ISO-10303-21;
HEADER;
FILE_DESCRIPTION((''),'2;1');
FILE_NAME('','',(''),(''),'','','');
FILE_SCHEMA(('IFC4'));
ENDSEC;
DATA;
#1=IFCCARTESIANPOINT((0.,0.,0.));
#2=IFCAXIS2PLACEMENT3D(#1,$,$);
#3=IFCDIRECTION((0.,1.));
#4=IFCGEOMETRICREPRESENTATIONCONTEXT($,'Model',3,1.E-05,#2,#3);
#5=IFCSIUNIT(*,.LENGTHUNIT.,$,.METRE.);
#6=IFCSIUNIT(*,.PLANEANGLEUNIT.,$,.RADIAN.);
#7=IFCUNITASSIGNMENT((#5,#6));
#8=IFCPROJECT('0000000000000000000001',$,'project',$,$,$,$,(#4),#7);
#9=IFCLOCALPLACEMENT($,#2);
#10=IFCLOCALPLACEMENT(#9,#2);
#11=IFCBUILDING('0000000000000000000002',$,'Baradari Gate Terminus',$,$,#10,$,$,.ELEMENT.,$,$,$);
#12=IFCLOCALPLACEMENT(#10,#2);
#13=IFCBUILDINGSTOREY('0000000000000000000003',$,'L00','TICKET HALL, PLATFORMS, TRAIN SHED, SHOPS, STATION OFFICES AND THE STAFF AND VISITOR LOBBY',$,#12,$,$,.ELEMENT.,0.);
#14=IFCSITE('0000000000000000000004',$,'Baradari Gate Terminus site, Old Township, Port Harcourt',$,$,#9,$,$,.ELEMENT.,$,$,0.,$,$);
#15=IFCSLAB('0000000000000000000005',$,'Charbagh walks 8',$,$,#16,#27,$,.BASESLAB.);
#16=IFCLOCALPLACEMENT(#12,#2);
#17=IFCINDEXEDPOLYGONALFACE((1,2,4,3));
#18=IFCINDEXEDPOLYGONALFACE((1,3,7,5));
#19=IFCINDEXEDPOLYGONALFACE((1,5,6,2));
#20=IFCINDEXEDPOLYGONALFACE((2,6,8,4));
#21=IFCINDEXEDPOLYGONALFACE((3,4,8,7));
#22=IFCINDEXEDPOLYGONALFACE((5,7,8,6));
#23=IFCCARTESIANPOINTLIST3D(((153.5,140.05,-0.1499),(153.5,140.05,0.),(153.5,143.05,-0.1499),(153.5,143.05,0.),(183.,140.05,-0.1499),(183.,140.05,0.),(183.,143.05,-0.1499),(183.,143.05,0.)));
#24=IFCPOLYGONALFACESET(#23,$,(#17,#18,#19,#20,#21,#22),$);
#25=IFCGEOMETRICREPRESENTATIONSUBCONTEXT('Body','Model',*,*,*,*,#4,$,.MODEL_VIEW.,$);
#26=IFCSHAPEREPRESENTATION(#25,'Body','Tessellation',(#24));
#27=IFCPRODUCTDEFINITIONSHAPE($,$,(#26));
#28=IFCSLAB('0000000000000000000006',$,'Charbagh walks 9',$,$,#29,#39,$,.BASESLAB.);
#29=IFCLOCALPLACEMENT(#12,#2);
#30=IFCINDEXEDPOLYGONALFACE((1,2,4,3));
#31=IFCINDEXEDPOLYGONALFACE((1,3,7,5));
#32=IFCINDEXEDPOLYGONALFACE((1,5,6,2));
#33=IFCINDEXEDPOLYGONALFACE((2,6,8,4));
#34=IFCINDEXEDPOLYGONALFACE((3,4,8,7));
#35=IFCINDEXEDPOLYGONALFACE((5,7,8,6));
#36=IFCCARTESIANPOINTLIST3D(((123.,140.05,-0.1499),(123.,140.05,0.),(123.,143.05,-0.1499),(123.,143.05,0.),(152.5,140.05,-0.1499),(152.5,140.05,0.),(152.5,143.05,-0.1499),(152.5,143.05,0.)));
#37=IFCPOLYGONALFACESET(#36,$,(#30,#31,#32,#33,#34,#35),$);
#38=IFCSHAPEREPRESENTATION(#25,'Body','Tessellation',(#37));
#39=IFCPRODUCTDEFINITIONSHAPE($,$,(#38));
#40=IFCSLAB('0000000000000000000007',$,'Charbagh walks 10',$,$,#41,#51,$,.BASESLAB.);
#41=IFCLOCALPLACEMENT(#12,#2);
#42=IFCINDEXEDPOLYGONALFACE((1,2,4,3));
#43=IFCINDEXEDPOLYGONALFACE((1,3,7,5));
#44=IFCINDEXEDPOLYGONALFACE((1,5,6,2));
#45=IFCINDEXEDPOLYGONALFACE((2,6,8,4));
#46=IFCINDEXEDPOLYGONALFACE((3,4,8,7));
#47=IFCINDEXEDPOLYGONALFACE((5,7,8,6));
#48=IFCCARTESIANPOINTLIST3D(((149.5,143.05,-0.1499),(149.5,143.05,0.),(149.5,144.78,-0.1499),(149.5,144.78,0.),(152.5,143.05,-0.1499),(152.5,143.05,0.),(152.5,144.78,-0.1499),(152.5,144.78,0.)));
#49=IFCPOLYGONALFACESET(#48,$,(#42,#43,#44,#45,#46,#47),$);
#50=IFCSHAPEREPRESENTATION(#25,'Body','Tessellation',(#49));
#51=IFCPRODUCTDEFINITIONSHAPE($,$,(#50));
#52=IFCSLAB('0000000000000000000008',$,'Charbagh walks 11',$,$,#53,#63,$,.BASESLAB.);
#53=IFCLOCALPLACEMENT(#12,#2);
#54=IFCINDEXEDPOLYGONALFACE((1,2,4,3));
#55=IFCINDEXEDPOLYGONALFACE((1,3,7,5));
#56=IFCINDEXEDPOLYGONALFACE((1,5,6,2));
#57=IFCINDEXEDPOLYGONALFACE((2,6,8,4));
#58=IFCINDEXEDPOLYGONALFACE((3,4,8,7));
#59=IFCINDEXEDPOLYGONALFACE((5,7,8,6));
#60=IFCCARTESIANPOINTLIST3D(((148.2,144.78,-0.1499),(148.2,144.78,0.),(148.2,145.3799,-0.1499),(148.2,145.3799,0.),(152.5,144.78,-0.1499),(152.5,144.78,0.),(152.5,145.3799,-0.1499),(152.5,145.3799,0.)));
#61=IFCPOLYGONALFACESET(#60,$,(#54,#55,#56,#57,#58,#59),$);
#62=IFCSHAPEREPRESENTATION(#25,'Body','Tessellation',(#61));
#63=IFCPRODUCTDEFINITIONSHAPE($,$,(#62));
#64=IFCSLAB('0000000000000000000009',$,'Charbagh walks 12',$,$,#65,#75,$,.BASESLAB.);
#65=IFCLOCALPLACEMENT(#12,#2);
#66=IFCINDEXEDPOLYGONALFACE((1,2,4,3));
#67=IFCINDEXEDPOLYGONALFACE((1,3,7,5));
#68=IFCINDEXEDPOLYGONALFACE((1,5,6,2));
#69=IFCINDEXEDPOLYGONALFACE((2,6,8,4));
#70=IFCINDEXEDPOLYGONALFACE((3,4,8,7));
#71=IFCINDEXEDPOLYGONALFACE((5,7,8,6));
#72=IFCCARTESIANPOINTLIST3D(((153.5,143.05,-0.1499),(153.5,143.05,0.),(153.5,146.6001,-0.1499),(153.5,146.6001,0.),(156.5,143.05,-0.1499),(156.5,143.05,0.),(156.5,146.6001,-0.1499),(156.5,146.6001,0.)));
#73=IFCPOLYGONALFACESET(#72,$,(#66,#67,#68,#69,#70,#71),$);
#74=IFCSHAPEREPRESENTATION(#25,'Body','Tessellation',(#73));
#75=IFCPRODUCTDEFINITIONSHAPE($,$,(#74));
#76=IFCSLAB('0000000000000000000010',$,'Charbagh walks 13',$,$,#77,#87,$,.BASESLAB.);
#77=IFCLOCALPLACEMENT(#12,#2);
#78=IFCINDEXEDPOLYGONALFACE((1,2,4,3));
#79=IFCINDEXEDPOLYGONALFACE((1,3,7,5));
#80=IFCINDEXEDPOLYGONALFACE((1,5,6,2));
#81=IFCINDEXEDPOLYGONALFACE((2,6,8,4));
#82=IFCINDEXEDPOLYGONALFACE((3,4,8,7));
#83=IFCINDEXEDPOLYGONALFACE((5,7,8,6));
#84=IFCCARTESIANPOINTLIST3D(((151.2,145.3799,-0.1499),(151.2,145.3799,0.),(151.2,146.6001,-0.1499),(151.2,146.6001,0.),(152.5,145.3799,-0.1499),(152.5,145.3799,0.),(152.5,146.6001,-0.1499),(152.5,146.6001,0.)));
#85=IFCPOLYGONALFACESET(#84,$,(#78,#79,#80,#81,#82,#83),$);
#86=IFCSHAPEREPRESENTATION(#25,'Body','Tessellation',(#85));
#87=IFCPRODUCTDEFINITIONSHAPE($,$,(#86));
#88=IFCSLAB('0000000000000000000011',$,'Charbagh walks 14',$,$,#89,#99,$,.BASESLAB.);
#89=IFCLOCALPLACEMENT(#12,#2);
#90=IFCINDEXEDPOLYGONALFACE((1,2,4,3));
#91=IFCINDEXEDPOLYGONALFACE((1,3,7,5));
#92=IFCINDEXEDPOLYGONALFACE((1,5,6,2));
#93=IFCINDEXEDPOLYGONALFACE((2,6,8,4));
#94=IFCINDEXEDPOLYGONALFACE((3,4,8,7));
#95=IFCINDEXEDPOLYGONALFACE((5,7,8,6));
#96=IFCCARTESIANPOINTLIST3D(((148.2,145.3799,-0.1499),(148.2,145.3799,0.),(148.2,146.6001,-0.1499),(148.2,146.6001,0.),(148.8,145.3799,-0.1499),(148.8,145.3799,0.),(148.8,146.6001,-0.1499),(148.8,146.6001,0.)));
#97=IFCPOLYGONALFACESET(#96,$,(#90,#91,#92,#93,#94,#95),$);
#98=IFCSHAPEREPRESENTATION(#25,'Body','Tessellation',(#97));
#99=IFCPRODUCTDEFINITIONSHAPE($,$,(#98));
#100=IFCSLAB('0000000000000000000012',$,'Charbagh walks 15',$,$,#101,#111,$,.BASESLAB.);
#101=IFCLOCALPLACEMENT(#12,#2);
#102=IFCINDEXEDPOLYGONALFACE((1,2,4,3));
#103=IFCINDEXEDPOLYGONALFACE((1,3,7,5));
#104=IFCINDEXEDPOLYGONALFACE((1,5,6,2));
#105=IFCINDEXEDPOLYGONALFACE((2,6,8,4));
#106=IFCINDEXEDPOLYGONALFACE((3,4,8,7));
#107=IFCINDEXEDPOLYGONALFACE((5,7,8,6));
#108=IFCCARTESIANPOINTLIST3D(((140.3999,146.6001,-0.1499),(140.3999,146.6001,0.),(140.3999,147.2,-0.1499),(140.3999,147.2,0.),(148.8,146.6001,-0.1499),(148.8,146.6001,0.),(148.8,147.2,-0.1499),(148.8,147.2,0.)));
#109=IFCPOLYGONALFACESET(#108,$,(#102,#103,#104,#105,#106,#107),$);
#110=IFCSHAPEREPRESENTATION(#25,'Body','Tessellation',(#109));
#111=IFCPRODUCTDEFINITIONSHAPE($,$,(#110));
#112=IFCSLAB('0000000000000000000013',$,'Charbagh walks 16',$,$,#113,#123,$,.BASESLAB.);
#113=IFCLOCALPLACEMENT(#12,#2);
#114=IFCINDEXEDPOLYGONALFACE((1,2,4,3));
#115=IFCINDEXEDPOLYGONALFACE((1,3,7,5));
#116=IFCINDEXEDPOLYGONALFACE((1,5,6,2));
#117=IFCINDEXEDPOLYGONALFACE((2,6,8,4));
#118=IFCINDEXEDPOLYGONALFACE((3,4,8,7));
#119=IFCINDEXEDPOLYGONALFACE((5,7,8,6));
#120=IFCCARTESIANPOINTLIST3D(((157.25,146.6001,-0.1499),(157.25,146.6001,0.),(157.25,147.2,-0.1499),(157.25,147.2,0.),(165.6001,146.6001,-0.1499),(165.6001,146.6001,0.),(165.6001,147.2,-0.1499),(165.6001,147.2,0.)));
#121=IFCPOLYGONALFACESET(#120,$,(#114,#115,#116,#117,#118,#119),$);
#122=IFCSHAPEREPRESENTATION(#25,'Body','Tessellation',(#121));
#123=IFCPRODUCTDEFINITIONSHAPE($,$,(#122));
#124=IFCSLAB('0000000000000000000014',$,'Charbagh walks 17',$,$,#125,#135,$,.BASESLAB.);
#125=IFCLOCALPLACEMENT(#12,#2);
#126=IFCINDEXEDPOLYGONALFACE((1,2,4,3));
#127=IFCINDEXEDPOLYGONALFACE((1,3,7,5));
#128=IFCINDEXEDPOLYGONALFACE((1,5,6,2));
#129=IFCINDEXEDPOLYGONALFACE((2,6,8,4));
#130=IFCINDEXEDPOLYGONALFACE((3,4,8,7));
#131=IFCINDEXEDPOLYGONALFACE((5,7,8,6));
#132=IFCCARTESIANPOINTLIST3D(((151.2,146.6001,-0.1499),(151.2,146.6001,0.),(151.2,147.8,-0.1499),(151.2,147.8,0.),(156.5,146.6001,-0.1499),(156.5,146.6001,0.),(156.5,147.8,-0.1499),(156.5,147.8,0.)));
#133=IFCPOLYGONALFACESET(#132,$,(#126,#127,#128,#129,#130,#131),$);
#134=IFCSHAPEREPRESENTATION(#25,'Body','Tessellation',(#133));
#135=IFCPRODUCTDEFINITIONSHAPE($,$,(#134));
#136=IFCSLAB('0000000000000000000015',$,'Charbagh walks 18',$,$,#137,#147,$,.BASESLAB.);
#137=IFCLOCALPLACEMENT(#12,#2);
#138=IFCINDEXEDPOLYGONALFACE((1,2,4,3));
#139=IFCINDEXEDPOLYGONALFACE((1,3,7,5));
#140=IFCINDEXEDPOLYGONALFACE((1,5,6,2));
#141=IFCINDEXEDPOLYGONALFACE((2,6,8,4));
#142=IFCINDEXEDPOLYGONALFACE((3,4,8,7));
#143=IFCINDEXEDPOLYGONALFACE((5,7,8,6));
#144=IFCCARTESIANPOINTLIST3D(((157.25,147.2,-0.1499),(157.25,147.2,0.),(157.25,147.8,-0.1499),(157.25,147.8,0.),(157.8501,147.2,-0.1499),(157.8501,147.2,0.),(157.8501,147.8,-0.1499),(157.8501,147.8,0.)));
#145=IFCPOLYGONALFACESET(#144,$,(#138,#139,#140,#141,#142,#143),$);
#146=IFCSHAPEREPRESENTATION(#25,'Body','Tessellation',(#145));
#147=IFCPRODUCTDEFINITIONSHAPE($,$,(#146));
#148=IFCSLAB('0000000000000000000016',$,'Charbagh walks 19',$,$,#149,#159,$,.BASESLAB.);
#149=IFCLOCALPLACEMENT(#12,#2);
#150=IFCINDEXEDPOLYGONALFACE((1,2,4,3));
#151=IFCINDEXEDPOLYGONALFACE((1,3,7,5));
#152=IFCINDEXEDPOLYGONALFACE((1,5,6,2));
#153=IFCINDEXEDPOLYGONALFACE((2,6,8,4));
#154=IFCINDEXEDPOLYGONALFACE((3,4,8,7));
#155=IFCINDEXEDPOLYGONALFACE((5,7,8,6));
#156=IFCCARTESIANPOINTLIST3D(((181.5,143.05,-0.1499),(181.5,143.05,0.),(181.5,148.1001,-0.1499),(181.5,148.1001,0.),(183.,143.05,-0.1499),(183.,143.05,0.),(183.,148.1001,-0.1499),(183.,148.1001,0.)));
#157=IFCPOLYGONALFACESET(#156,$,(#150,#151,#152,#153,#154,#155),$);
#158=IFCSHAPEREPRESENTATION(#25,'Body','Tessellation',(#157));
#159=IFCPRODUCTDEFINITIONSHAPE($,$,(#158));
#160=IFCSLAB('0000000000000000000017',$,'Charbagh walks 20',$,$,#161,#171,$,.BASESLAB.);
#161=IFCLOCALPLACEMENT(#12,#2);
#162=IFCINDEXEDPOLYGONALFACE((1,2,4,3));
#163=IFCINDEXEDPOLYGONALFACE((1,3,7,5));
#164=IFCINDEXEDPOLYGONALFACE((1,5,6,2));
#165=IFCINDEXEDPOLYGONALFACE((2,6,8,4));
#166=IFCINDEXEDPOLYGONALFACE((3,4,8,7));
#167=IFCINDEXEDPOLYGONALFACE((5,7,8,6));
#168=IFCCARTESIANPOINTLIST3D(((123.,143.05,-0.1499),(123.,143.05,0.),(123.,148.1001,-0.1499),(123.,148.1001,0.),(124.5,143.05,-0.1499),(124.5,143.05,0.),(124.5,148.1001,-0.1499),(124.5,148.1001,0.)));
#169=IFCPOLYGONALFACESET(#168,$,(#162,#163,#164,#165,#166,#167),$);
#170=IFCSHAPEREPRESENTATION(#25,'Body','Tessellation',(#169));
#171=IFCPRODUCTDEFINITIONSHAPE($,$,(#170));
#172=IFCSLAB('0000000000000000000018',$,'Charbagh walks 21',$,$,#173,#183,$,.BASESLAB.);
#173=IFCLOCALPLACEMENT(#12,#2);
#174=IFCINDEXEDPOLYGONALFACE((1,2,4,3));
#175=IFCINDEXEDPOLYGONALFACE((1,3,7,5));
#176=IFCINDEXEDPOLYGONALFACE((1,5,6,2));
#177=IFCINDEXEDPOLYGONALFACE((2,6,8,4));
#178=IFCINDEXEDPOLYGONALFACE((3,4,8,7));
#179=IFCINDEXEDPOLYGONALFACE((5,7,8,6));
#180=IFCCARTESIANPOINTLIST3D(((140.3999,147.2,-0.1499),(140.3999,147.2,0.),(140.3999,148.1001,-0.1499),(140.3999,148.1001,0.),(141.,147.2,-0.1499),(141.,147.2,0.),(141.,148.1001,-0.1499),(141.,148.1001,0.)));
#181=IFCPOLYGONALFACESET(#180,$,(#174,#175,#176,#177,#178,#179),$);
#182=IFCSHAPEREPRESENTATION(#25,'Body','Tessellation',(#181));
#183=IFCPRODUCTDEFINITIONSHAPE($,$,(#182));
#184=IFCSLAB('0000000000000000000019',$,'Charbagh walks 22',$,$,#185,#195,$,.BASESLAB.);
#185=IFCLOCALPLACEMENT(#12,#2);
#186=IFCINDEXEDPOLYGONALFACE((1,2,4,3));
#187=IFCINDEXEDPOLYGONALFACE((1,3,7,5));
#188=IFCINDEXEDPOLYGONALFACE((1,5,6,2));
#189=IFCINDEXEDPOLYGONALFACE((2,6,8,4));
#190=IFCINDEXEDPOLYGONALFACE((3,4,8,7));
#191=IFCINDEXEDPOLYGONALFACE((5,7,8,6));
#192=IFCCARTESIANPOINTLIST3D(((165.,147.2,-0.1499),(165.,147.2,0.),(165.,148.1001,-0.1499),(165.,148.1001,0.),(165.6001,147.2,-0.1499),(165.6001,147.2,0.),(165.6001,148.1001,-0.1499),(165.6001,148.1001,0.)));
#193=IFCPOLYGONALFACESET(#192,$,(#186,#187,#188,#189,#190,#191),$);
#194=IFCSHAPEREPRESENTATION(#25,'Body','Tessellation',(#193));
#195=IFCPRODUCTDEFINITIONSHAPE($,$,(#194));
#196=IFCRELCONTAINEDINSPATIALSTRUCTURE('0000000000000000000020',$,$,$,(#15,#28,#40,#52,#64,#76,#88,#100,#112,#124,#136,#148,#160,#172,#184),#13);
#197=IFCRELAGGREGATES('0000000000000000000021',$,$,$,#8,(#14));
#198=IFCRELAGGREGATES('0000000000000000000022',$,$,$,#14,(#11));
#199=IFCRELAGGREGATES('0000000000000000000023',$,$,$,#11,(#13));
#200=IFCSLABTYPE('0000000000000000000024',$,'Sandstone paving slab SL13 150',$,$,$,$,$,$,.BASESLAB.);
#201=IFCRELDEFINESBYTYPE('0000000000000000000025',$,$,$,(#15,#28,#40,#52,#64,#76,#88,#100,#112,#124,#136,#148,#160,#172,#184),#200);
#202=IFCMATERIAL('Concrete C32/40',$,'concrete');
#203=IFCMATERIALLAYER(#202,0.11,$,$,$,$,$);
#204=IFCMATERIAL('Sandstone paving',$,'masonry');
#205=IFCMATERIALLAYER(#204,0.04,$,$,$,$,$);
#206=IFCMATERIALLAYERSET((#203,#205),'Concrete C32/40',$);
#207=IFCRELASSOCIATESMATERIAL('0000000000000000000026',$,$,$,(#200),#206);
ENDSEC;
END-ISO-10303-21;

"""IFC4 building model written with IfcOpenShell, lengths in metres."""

from ifc_helpers import new_model, si_unit, direction, frame, origin, place, context, subcontext, project, spatial, polyline, outline, extrude, material, layer, layer_set, type_object, element, save


model = new_model("IFC4")

# Units and contexts
model_context = context("Model", 3, precision=1e-05, world=origin(), true_north=direction((0.0, 1.0)))
body_context = subcontext(model_context, "Body", "Model", "MODEL_VIEW")
ifc_project = project(units=[si_unit("LENGTHUNIT", "METRE"), si_unit("PLANEANGLEUNIT", "RADIAN")], contexts=[model_context])

# Site, building, storey
site_placement = place(None, origin())
site = spatial("IfcSite", under=ifc_project, at=site_placement, Name="Baradari Gate Terminus site, Old Township, Port Harcourt", CompositionType="ELEMENT", RefElevation=0.0)
building_placement = place(site_placement, origin())
building = spatial("IfcBuilding", under=site, at=building_placement, Name="Baradari Gate Terminus", CompositionType="ELEMENT")
storey_placement = place(building_placement, origin())
storey = spatial("IfcBuildingStorey", under=building, at=storey_placement, Name="L00", Description="TICKET HALL, PLATFORMS, TRAIN SHED, SHOPS, STATION OFFICES AND THE STAFF AND VISITOR LOBBY", CompositionType="ELEMENT", Elevation=0.0)

# Slabs
ifc_material_1 = material(Name="Concrete C32/40", Category="concrete")
ifc_layer_1 = layer(ifc_material_1, 0.11)
ifc_material_2 = material(Name="Sandstone paving", Category="masonry")
ifc_layer_2 = layer(ifc_material_2, 0.04)
ifc_layer_set_1 = layer_set([ifc_layer_1, ifc_layer_2], Name="Concrete C32/40")
slab_type_1 = type_object("IfcSlabType", Name="Sandstone paving slab SL13 150", PredefinedType="BASESLAB", material=ifc_layer_set_1)
slab_1_placement = place(storey_placement, frame((0.0, 0.0, -0.1499)))
element("IfcSlab", 1, at=slab_1_placement, inside=storey, type_object=slab_type_1, Name="Charbagh walks 8", PredefinedType="BASESLAB", context=body_context, shape_type="SweptSolid", body=[
    extrude(outline(polyline([(183.0, 140.05), (183.0, 143.05), (153.5, 143.05), (153.5, 140.05), (183.0, 140.05)])), origin(), (0.0, 0.0, 1.0), 0.1499),
])
slab_2_placement = place(storey_placement, frame((0.0, 0.0, -0.1499)))
element("IfcSlab", 2, at=slab_2_placement, inside=storey, type_object=slab_type_1, Name="Charbagh walks 9", PredefinedType="BASESLAB", context=body_context, shape_type="SweptSolid", body=[
    extrude(outline(polyline([(152.5, 140.05), (152.5, 143.05), (123.0, 143.05), (123.0, 140.05), (152.5, 140.05)])), origin(), (0.0, 0.0, 1.0), 0.1499),
])
slab_3_placement = place(storey_placement, frame((0.0, 0.0, -0.1499)))
element("IfcSlab", 3, at=slab_3_placement, inside=storey, type_object=slab_type_1, Name="Charbagh walks 10", PredefinedType="BASESLAB", context=body_context, shape_type="SweptSolid", body=[
    extrude(outline(polyline([(152.5, 143.05), (152.5, 144.78), (149.5, 144.78), (149.5, 143.05), (152.5, 143.05)])), origin(), (0.0, 0.0, 1.0), 0.1499),
])
slab_4_placement = place(storey_placement, frame((0.0, 0.0, -0.1499)))
element("IfcSlab", 4, at=slab_4_placement, inside=storey, type_object=slab_type_1, Name="Charbagh walks 11", PredefinedType="BASESLAB", context=body_context, shape_type="SweptSolid", body=[
    extrude(outline(polyline([(152.5, 144.78), (152.5, 145.3799), (148.2, 145.3799), (148.2, 144.78), (152.5, 144.78)])), origin(), (0.0, 0.0, 1.0), 0.1499),
])
slab_5_placement = place(storey_placement, frame((0.0, 0.0, -0.1499)))
element("IfcSlab", 5, at=slab_5_placement, inside=storey, type_object=slab_type_1, Name="Charbagh walks 12", PredefinedType="BASESLAB", context=body_context, shape_type="SweptSolid", body=[
    extrude(outline(polyline([(156.5, 143.05), (156.5, 146.6001), (153.5, 146.6001), (153.5, 143.05), (156.5, 143.05)])), origin(), (0.0, 0.0, 1.0), 0.1499),
])
slab_6_placement = place(storey_placement, frame((0.0, 0.0, -0.1499)))
element("IfcSlab", 6, at=slab_6_placement, inside=storey, type_object=slab_type_1, Name="Charbagh walks 13", PredefinedType="BASESLAB", context=body_context, shape_type="SweptSolid", body=[
    extrude(outline(polyline([(152.5, 145.3799), (152.5, 146.6001), (151.2, 146.6001), (151.2, 145.3799), (152.5, 145.3799)])), origin(), (0.0, 0.0, 1.0), 0.1499),
])
slab_7_placement = place(storey_placement, frame((0.0, 0.0, -0.1499)))
element("IfcSlab", 7, at=slab_7_placement, inside=storey, type_object=slab_type_1, Name="Charbagh walks 14", PredefinedType="BASESLAB", context=body_context, shape_type="SweptSolid", body=[
    extrude(outline(polyline([(148.8, 145.3799), (148.8, 146.6001), (148.2, 146.6001), (148.2, 145.3799), (148.8, 145.3799)])), origin(), (0.0, 0.0, 1.0), 0.1499),
])
slab_8_placement = place(storey_placement, frame((0.0, 0.0, -0.1499)))
element("IfcSlab", 8, at=slab_8_placement, inside=storey, type_object=slab_type_1, Name="Charbagh walks 15", PredefinedType="BASESLAB", context=body_context, shape_type="SweptSolid", body=[
    extrude(outline(polyline([(148.8, 146.6001), (148.8, 147.2), (140.3999, 147.2), (140.3999, 146.6001), (148.8, 146.6001)])), origin(), (0.0, 0.0, 1.0), 0.1499),
])
slab_9_placement = place(storey_placement, frame((0.0, 0.0, -0.1499)))
element("IfcSlab", 9, at=slab_9_placement, inside=storey, type_object=slab_type_1, Name="Charbagh walks 16", PredefinedType="BASESLAB", context=body_context, shape_type="SweptSolid", body=[
    extrude(outline(polyline([(165.6001, 146.6001), (165.6001, 147.2), (157.25, 147.2), (157.25, 146.6001), (165.6001, 146.6001)])), origin(), (0.0, 0.0, 1.0), 0.1499),
])
slab_10_placement = place(storey_placement, frame((0.0, 0.0, -0.1499)))
element("IfcSlab", 10, at=slab_10_placement, inside=storey, type_object=slab_type_1, Name="Charbagh walks 17", PredefinedType="BASESLAB", context=body_context, shape_type="SweptSolid", body=[
    extrude(outline(polyline([(156.5, 146.6001), (156.5, 147.8), (151.2, 147.8), (151.2, 146.6001), (156.5, 146.6001)])), origin(), (0.0, 0.0, 1.0), 0.1499),
])
slab_11_placement = place(storey_placement, frame((0.0, 0.0, -0.1499)))
element("IfcSlab", 11, at=slab_11_placement, inside=storey, type_object=slab_type_1, Name="Charbagh walks 18", PredefinedType="BASESLAB", context=body_context, shape_type="SweptSolid", body=[
    extrude(outline(polyline([(157.8501, 147.2), (157.8501, 147.8), (157.25, 147.8), (157.25, 147.2), (157.8501, 147.2)])), origin(), (0.0, 0.0, 1.0), 0.1499),
])
slab_12_placement = place(storey_placement, frame((0.0, 0.0, -0.1499)))
element("IfcSlab", 12, at=slab_12_placement, inside=storey, type_object=slab_type_1, Name="Charbagh walks 19", PredefinedType="BASESLAB", context=body_context, shape_type="SweptSolid", body=[
    extrude(outline(polyline([(183.0, 143.05), (183.0, 148.1001), (181.5, 148.1001), (181.5, 143.05), (183.0, 143.05)])), origin(), (0.0, 0.0, 1.0), 0.1499),
])
slab_13_placement = place(storey_placement, frame((0.0, 0.0, -0.1499)))
element("IfcSlab", 13, at=slab_13_placement, inside=storey, type_object=slab_type_1, Name="Charbagh walks 20", PredefinedType="BASESLAB", context=body_context, shape_type="SweptSolid", body=[
    extrude(outline(polyline([(124.5, 143.05), (124.5, 148.1001), (123.0, 148.1001), (123.0, 143.05), (124.5, 143.05)])), origin(), (0.0, 0.0, 1.0), 0.1499),
])
slab_14_placement = place(storey_placement, frame((0.0, 0.0, -0.1499)))
element("IfcSlab", 14, at=slab_14_placement, inside=storey, type_object=slab_type_1, Name="Charbagh walks 21", PredefinedType="BASESLAB", context=body_context, shape_type="SweptSolid", body=[
    extrude(outline(polyline([(141.0, 147.2), (141.0, 148.1001), (140.3999, 148.1001), (140.3999, 147.2), (141.0, 147.2)])), origin(), (0.0, 0.0, 1.0), 0.1499),
])
slab_15_placement = place(storey_placement, frame((0.0, 0.0, -0.1499)))
element("IfcSlab", 15, at=slab_15_placement, inside=storey, type_object=slab_type_1, Name="Charbagh walks 22", PredefinedType="BASESLAB", context=body_context, shape_type="SweptSolid", body=[
    extrude(outline(polyline([(165.6001, 147.2), (165.6001, 148.1001), (165.0, 148.1001), (165.0, 147.2), (165.6001, 147.2)])), origin(), (0.0, 0.0, 1.0), 0.1499),
])

save(model, "model.ifc")
